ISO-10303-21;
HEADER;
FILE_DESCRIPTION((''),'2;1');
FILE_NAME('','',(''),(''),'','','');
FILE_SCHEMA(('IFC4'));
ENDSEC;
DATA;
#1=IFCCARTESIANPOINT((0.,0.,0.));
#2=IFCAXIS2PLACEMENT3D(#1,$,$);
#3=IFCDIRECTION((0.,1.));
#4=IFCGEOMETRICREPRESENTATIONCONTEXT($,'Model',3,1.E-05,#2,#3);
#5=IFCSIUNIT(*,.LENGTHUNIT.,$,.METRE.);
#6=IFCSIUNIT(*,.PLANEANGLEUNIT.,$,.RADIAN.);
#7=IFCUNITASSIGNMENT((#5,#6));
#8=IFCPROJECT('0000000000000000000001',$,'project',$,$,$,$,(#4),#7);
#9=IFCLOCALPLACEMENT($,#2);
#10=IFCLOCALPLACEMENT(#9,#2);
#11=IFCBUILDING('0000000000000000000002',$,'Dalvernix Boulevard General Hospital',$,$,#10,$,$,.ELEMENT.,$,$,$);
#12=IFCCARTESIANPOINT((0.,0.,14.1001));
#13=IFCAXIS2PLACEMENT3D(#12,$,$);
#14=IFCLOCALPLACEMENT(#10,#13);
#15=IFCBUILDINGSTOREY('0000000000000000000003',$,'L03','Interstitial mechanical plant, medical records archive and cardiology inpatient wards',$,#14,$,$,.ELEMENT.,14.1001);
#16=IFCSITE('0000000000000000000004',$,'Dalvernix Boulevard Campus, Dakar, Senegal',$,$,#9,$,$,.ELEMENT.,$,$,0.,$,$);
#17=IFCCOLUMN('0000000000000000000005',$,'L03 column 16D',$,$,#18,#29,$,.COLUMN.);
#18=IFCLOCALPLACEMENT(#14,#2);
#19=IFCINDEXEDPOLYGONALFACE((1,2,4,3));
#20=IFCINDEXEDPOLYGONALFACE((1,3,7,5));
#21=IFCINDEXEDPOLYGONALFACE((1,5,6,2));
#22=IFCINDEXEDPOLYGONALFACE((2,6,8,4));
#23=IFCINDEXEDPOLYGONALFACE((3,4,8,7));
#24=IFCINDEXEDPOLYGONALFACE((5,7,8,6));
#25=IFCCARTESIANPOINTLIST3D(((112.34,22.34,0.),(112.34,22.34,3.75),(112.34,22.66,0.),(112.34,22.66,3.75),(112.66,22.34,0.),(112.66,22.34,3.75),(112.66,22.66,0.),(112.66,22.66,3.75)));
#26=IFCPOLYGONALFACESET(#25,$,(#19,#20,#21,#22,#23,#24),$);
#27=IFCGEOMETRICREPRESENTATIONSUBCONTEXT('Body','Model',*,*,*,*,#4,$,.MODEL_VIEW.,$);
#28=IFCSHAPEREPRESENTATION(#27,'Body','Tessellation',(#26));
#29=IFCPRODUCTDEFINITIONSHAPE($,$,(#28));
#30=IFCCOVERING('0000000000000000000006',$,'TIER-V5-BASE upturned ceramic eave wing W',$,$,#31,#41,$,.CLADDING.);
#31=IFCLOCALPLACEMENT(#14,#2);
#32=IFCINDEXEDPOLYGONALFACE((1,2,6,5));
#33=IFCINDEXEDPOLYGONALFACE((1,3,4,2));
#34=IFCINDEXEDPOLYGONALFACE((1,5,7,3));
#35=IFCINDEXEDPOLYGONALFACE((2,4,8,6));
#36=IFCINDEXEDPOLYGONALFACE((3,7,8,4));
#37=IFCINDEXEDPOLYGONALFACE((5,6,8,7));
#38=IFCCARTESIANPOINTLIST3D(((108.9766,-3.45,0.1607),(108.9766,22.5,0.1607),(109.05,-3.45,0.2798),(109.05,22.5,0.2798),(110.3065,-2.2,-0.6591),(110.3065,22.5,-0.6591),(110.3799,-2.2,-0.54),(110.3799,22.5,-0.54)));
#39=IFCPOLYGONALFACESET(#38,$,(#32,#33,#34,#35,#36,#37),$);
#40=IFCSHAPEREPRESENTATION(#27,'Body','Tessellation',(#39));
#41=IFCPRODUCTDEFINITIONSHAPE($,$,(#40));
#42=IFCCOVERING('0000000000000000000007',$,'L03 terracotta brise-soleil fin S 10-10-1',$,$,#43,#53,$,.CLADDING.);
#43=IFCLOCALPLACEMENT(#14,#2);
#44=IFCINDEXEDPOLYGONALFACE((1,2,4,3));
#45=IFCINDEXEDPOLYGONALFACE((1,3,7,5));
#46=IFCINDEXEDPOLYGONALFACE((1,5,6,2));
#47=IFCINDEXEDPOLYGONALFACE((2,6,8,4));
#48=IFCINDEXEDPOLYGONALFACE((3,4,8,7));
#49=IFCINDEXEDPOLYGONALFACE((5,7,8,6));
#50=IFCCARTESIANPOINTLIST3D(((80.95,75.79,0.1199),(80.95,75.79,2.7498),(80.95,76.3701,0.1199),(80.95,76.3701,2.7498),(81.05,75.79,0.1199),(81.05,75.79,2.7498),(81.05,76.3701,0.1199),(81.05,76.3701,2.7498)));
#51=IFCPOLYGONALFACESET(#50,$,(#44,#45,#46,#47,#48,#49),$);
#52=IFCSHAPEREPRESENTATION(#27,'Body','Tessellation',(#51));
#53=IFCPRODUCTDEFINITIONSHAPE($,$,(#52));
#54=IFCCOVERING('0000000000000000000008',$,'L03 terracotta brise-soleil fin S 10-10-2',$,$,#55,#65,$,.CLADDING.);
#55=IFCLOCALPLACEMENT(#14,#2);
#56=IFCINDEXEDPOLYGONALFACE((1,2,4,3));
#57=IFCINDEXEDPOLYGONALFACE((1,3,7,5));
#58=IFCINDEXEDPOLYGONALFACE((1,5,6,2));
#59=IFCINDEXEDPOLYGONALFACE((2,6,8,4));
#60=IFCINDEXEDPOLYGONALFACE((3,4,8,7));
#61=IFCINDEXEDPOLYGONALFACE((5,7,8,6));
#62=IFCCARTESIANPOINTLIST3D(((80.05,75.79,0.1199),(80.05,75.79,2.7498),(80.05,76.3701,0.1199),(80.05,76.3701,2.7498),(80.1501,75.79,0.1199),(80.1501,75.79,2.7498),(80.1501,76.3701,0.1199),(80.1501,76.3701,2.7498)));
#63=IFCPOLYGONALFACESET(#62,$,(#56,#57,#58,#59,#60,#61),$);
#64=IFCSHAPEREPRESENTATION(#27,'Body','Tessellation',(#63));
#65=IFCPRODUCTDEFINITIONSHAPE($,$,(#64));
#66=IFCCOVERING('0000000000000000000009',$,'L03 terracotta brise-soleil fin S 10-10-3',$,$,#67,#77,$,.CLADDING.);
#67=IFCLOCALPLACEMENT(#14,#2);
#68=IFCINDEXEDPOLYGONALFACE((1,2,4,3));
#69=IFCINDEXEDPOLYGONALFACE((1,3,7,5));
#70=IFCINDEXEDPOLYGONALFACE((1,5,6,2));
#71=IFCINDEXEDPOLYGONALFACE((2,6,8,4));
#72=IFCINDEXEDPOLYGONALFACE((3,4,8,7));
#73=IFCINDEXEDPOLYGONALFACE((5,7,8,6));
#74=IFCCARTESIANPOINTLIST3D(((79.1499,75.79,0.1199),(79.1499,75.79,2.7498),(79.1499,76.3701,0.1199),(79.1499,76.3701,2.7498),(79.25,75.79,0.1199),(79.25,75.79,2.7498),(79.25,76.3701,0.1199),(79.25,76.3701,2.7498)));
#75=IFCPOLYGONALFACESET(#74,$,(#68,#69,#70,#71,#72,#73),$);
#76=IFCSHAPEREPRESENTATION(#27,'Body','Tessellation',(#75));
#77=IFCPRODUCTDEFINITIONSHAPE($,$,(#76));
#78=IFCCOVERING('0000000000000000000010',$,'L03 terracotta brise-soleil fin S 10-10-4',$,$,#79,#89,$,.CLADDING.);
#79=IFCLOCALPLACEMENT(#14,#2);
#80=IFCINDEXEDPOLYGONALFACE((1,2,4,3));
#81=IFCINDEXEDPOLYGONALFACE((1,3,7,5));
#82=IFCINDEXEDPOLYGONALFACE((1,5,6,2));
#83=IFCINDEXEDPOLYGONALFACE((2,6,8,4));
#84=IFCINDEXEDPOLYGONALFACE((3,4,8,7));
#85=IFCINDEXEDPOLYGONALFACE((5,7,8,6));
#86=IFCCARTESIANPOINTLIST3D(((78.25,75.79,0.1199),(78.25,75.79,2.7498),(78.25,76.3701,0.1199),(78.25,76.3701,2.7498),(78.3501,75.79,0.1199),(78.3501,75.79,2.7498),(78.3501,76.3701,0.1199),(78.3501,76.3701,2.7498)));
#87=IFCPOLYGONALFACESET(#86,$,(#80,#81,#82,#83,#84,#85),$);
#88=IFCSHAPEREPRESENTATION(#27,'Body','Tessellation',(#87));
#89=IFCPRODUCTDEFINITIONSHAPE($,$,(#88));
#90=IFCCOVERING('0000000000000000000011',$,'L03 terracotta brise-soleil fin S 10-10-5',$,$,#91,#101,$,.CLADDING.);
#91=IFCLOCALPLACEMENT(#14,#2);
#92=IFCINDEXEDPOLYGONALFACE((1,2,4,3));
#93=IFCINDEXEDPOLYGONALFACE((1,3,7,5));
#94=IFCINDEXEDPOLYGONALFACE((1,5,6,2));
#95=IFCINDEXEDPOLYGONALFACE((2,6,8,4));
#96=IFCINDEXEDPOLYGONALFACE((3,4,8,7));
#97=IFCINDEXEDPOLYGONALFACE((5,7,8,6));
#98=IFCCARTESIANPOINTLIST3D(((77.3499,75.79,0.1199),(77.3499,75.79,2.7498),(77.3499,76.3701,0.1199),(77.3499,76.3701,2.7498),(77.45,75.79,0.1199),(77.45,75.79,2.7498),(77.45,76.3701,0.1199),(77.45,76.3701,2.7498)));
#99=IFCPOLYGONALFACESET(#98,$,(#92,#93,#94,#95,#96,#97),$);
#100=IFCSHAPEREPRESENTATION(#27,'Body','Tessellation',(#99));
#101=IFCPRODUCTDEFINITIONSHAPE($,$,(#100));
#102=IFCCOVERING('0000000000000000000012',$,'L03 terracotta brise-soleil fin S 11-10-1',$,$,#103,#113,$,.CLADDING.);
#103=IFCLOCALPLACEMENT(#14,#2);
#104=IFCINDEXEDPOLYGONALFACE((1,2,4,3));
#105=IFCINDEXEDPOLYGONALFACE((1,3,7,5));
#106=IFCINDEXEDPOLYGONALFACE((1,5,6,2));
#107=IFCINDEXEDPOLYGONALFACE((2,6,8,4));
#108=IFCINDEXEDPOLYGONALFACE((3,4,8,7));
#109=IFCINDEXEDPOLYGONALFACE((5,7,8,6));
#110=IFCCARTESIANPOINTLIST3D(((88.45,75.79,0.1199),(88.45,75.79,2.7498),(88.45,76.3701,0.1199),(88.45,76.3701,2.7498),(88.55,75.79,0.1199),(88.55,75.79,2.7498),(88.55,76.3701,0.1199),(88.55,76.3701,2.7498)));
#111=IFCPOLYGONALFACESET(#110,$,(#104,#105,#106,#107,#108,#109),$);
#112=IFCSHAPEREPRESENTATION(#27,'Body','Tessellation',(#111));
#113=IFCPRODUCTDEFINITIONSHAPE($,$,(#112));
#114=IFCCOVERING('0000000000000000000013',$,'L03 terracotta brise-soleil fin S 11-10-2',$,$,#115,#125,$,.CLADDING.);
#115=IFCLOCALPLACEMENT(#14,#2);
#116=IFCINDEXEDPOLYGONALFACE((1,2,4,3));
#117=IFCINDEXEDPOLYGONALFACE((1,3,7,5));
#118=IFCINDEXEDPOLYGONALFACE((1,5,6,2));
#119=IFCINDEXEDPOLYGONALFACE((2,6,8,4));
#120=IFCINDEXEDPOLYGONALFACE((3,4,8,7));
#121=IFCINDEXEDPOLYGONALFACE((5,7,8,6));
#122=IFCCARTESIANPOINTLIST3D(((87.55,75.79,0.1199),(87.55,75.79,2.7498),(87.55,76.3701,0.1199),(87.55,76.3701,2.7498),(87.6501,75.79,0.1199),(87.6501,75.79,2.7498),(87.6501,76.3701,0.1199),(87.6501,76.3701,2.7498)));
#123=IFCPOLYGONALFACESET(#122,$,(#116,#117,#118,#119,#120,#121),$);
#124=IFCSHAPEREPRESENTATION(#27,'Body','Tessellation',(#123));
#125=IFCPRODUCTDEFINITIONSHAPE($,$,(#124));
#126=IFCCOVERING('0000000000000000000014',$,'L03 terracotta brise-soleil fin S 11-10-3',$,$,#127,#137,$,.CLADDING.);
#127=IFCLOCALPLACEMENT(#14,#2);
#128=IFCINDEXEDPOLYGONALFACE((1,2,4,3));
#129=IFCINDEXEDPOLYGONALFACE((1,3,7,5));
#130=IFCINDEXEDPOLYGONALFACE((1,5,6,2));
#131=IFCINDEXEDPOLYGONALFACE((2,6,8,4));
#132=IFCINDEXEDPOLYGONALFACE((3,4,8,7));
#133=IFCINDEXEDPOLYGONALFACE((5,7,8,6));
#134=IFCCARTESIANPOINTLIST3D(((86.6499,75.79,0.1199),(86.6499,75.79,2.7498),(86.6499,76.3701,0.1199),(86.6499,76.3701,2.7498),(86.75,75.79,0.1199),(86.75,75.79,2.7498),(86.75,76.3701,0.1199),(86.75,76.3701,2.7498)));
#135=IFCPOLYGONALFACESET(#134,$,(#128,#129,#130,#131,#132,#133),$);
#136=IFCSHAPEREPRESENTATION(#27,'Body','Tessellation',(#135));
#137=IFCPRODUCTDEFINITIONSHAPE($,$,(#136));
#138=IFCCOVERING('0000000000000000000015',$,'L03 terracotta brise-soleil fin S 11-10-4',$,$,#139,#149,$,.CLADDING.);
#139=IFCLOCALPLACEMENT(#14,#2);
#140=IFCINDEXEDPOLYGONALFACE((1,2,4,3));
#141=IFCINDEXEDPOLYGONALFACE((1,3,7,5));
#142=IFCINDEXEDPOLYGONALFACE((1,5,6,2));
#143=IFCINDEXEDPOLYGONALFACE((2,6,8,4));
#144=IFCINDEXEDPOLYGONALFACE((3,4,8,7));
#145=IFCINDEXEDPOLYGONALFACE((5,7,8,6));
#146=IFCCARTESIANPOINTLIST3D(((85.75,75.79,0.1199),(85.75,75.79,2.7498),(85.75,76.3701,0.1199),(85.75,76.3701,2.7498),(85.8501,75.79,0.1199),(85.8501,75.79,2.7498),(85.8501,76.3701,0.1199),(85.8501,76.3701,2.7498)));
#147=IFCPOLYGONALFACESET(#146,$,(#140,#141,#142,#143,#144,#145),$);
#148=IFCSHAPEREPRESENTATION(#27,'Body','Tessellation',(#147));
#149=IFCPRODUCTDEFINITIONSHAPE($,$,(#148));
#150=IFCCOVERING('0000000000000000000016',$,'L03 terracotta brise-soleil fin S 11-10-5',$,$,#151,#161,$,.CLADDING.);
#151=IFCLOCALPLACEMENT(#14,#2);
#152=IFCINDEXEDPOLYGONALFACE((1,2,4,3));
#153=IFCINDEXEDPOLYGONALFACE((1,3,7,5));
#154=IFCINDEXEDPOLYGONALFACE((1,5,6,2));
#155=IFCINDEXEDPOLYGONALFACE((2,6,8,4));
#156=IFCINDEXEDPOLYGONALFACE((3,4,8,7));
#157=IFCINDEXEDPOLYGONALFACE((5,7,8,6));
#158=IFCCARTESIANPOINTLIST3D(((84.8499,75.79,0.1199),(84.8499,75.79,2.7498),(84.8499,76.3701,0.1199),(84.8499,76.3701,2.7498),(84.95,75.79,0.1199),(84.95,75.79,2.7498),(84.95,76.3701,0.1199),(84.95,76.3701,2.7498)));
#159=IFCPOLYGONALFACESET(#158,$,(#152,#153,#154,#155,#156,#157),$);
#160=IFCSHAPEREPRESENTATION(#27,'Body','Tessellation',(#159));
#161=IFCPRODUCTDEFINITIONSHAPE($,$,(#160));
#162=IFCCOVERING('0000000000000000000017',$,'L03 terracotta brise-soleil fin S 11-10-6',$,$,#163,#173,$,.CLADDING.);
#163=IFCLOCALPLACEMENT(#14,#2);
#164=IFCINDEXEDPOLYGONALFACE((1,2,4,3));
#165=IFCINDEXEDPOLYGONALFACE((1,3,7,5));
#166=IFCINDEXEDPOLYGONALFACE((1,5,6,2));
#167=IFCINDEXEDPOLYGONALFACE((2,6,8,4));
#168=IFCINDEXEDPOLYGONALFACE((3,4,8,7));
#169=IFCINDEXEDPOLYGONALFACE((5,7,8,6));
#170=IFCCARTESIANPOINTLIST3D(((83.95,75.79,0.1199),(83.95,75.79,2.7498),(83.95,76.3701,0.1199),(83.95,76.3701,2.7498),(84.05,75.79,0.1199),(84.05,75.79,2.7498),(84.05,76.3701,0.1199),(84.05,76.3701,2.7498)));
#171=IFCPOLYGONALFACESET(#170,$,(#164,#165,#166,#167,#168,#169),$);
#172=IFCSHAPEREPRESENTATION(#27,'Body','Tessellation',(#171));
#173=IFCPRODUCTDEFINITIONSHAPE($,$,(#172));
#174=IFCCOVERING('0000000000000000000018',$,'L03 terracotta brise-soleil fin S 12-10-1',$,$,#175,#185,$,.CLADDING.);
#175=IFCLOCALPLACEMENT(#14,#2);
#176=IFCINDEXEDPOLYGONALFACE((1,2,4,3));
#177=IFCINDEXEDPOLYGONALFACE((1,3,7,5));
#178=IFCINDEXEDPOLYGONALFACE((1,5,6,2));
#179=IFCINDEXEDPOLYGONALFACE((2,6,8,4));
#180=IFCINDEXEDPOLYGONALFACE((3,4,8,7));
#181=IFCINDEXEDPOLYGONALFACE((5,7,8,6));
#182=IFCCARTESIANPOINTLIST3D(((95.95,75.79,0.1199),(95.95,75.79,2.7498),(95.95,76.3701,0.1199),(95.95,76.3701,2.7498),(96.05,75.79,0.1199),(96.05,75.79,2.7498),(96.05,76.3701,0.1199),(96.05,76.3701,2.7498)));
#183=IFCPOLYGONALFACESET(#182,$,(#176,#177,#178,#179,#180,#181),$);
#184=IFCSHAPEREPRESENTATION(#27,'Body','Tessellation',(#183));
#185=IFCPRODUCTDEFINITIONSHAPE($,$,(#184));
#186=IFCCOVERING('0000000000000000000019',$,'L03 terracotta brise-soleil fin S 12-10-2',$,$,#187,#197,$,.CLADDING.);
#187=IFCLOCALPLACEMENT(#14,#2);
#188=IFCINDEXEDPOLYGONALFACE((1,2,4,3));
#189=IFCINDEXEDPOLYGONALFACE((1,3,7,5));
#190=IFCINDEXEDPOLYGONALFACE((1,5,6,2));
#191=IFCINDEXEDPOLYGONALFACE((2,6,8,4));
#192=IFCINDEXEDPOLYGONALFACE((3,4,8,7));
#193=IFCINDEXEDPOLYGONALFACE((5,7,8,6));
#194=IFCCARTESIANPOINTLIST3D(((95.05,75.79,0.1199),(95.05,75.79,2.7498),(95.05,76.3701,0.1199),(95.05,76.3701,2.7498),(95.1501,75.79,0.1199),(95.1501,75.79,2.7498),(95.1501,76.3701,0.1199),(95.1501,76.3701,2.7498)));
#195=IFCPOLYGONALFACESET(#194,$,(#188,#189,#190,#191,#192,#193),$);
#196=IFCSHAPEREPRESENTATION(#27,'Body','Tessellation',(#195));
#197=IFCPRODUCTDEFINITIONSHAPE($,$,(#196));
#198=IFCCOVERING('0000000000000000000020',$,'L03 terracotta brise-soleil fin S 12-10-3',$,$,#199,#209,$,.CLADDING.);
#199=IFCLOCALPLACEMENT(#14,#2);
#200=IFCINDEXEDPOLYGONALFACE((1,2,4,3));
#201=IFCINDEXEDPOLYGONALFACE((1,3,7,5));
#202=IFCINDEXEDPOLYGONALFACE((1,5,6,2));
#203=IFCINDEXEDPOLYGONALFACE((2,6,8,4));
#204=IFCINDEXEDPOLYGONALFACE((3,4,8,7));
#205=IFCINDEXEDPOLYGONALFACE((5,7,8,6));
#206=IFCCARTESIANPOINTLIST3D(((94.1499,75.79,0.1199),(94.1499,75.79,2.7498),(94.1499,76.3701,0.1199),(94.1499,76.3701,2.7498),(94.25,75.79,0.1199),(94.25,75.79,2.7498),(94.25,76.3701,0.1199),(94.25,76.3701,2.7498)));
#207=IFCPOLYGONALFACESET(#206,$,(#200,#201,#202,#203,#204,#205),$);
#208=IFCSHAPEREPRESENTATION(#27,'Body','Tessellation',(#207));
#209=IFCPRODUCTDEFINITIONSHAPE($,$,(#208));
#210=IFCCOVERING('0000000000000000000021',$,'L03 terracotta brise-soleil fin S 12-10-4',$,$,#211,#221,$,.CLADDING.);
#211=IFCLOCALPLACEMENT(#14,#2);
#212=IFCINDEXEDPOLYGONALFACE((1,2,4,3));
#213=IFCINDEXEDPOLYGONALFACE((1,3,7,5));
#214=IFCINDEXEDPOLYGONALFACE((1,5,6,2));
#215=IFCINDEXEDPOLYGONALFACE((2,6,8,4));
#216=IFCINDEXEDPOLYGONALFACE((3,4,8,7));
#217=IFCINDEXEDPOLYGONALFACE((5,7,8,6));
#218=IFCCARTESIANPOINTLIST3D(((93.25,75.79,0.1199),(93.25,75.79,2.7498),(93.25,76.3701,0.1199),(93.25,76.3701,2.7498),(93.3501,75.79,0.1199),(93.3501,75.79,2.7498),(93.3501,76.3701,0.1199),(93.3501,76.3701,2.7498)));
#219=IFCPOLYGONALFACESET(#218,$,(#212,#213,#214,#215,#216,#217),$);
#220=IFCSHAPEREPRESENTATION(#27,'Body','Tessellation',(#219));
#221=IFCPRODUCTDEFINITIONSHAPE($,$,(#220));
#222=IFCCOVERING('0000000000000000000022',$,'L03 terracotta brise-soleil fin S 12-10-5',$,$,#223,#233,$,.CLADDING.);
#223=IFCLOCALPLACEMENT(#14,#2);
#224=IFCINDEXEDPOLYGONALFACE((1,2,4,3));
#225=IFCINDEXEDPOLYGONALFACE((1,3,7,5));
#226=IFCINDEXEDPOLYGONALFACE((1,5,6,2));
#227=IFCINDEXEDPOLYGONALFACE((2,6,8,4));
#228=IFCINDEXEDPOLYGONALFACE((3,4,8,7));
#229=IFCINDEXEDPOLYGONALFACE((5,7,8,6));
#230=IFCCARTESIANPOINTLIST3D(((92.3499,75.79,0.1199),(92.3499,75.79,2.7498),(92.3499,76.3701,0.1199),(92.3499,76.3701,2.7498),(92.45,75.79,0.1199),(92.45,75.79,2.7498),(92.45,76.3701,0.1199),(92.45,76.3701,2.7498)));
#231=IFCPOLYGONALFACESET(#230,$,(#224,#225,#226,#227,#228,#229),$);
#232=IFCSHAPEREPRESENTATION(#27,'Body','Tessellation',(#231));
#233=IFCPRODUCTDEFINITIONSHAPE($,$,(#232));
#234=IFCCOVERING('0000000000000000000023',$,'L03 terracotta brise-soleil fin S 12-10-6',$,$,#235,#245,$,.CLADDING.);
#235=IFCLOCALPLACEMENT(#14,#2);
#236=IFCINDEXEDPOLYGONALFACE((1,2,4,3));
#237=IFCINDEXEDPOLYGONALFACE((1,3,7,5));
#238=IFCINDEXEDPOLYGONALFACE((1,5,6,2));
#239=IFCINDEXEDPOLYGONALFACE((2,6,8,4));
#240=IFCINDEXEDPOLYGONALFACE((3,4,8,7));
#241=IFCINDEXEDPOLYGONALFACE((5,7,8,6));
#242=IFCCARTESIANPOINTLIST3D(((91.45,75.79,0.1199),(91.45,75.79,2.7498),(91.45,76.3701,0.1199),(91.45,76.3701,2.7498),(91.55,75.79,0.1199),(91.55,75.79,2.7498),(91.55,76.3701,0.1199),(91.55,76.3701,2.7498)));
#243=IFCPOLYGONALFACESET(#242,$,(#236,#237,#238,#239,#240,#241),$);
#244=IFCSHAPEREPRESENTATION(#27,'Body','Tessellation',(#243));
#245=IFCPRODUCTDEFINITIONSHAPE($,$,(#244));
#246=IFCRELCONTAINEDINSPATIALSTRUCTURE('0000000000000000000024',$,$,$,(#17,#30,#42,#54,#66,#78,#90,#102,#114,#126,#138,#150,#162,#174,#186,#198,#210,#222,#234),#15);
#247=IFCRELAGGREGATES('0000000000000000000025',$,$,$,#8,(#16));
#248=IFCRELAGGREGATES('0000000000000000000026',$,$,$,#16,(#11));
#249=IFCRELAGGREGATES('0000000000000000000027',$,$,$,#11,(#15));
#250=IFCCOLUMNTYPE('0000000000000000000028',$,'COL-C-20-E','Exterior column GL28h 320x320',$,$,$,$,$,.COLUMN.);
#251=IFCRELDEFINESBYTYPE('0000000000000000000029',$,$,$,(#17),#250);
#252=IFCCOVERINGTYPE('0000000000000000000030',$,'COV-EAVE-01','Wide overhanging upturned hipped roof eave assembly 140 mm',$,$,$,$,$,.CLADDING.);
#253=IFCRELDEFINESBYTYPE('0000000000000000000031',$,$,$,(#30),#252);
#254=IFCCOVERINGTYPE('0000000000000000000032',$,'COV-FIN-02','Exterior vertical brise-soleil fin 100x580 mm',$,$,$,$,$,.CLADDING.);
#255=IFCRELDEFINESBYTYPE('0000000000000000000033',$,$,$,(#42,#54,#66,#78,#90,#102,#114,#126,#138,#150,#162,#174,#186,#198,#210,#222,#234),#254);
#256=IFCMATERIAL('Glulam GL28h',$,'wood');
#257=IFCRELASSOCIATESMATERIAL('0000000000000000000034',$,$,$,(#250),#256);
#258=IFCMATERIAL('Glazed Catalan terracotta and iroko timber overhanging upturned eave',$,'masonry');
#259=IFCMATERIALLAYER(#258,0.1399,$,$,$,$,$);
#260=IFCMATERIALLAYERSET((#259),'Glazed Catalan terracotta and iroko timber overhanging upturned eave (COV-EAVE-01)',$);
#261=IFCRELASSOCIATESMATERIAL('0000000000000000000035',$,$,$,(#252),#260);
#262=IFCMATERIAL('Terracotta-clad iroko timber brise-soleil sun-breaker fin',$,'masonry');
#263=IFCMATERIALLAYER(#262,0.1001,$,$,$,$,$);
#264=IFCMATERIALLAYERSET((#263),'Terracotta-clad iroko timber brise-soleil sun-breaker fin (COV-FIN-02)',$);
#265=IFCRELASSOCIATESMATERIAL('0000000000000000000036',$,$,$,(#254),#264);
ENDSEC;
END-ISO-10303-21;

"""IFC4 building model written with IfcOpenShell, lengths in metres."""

from ifc_helpers import new_model, si_unit, direction, frame, origin, origin_2d, place, context, subcontext, project, spatial, polyline, rectangle, outline, extrude, material, layer, layer_set, material_profile, profile_set, type_object, element, save


model = new_model("IFC4")

# Units and contexts
model_context = context("Model", 3, precision=1e-05, world=origin(), true_north=direction((0.0, 1.0)))
body_context = subcontext(model_context, "Body", "Model", "MODEL_VIEW")
ifc_project = project(units=[si_unit("LENGTHUNIT", "METRE"), si_unit("PLANEANGLEUNIT", "RADIAN")], contexts=[model_context])

# Site, building, storey
site_placement = place(None, origin())
site = spatial("IfcSite", under=ifc_project, at=site_placement, Name="Dalvernix Boulevard Campus, Dakar, Senegal", CompositionType="ELEMENT", RefElevation=0.0)
building_placement = place(site_placement, origin())
building = spatial("IfcBuilding", under=site, at=building_placement, Name="Dalvernix Boulevard General Hospital", CompositionType="ELEMENT")
storey_placement = place(building_placement, frame((0.0, 0.0, 14.1001)))
storey = spatial("IfcBuildingStorey", under=building, at=storey_placement, Name="L03", Description="Interstitial mechanical plant, medical records archive and cardiology inpatient wards", CompositionType="ELEMENT", Elevation=14.1001)

# Column
ifc_material_1 = material(Name="Glulam GL28h", Category="wood")
ifc_material_profile = material_profile(ifc_material_1, rectangle(XDim=0.3201, YDim=0.3201, at=origin_2d()), Name="GL28h 320x320")
ifc_profile_set = profile_set([ifc_material_profile], Name="Glulam GL28h")
column_type = type_object("IfcColumnType", Name="COL-C-20-E", Description="Exterior column GL28h 320x320", PredefinedType="COLUMN", material=ifc_profile_set)
column_placement = place(storey_placement, frame((112.5, 22.5, 0.0), z_axis=(0.0, 0.0, 1.0), x_axis=(1.0, 0.0, 0.0)))
element("IfcColumn", 1, at=column_placement, inside=storey, type_object=column_type, Name="L03 column 16D", PredefinedType="COLUMN", context=body_context, shape_type="SweptSolid", body=[
    extrude(rectangle(XDim=0.3201, YDim=0.3201, at=origin_2d()), origin(), (0.0, 0.0, 1.0), 3.75),
])

# Coverings
ifc_material_2 = material(Name="Glazed Catalan terracotta and iroko timber overhanging upturned eave", Category="masonry")
ifc_layer_1 = layer(ifc_material_2, 0.1399)
ifc_layer_set_1 = layer_set([ifc_layer_1], Name="Glazed Catalan terracotta and iroko timber overhanging upturned eave (COV-EAVE-01)")
covering_type_1 = type_object("IfcCoveringType", Name="COV-EAVE-01", Description="Wide overhanging upturned hipped roof eave assembly 140 mm", PredefinedType="CLADDING", material=ifc_layer_set_1)
covering_placement = place(storey_placement, frame((110.3799, 22.5, -0.54), z_axis=(0.524777, 0.0, 0.85124), x_axis=(0.0, -1.0, 0.0)))
element("IfcCovering", 2, at=covering_placement, inside=storey, type_object=covering_type_1, Name="TIER-V5-BASE upturned ceramic eave wing W", PredefinedType="CLADDING", context=body_context, shape_type="SweptSolid", body=[
    extrude(outline(polyline([(0.0, 0.0), (24.7, 0.0), (25.95, -1.5622), (0.0, -1.5622), (0.0, 0.0)])), origin(), (0.0, 0.0, -1.0), 0.1399),
])
ifc_material_3 = material(Name="Terracotta-clad iroko timber brise-soleil sun-breaker fin", Category="masonry")
ifc_layer_2 = layer(ifc_material_3, 0.1001)
ifc_layer_set_2 = layer_set([ifc_layer_2], Name="Terracotta-clad iroko timber brise-soleil sun-breaker fin (COV-FIN-02)")
covering_type_2 = type_object("IfcCoveringType", Name="COV-FIN-02", Description="Exterior vertical brise-soleil fin 100x580 mm", PredefinedType="CLADDING", material=ifc_layer_set_2)
for number, where, z_axis, x_axis, name in (
    (3, (81.0, 76.0801, 0.1199), (0.0, 0.0, 1.0), (-1.0, 0.0, 0.0), "L03 terracotta brise-soleil fin S 10-10-1"),
    (4, (80.1001, 76.0801, 0.1199), (0.0, 0.0, 1.0), (-1.0, 0.0, 0.0), "L03 terracotta brise-soleil fin S 10-10-2"),
    (5, (79.2, 76.0801, 0.1199), (0.0, 0.0, 1.0), (-1.0, 0.0, 0.0), "L03 terracotta brise-soleil fin S 10-10-3"),
    (6, (78.3, 76.0801, 0.1199), (0.0, 0.0, 1.0), (-1.0, 0.0, 0.0), "L03 terracotta brise-soleil fin S 10-10-4"),
    (7, (77.3999, 76.0801, 0.1199), (0.0, 0.0, 1.0), (-1.0, 0.0, 0.0), "L03 terracotta brise-soleil fin S 10-10-5"),
    (8, (88.5, 76.0801, 0.1199), (0.0, 0.0, 1.0), (-1.0, 0.0, 0.0), "L03 terracotta brise-soleil fin S 11-10-1"),
    (9, (87.6001, 76.0801, 0.1199), (0.0, 0.0, 1.0), (-1.0, 0.0, 0.0), "L03 terracotta brise-soleil fin S 11-10-2"),
    (10, (86.7, 76.0801, 0.1199), (0.0, 0.0, 1.0), (-1.0, 0.0, 0.0), "L03 terracotta brise-soleil fin S 11-10-3"),
    (11, (85.8, 76.0801, 0.1199), (0.0, 0.0, 1.0), (-1.0, 0.0, 0.0), "L03 terracotta brise-soleil fin S 11-10-4"),
    (12, (84.8999, 76.0801, 0.1199), (0.0, 0.0, 1.0), (-1.0, 0.0, 0.0), "L03 terracotta brise-soleil fin S 11-10-5"),
    (13, (84.0, 76.0801, 0.1199), (0.0, 0.0, 1.0), (-1.0, 0.0, 0.0), "L03 terracotta brise-soleil fin S 11-10-6"),
    (14, (96.0, 76.0801, 0.1199), (0.0, 0.0, 1.0), (-1.0, 0.0, 0.0), "L03 terracotta brise-soleil fin S 12-10-1"),
    (15, (95.1001, 76.0801, 0.1199), (0.0, 0.0, 1.0), (-1.0, 0.0, 0.0), "L03 terracotta brise-soleil fin S 12-10-2"),
    (16, (94.2, 76.0801, 0.1199), (0.0, 0.0, 1.0), (-1.0, 0.0, 0.0), "L03 terracotta brise-soleil fin S 12-10-3"),
    (17, (93.3, 76.0801, 0.1199), (0.0, 0.0, 1.0), (-1.0, 0.0, 0.0), "L03 terracotta brise-soleil fin S 12-10-4"),
    (18, (92.3999, 76.0801, 0.1199), (0.0, 0.0, 1.0), (-1.0, 0.0, 0.0), "L03 terracotta brise-soleil fin S 12-10-5"),
    (19, (91.5, 76.0801, 0.1199), (0.0, 0.0, 1.0), (-1.0, 0.0, 0.0), "L03 terracotta brise-soleil fin S 12-10-6"),
):
    element("IfcCovering", number, at=place(storey_placement, frame(where, z_axis=z_axis, x_axis=x_axis)), inside=storey, type_object=covering_type_2, Name=name, PredefinedType="CLADDING", context=body_context, shape_type="SweptSolid", body=[
        extrude(rectangle(XDim=0.1001, YDim=0.5801, at=origin_2d()), origin(), (0.0, 0.0, 1.0), 2.6299),
    ])

save(model, "model.ifc")
